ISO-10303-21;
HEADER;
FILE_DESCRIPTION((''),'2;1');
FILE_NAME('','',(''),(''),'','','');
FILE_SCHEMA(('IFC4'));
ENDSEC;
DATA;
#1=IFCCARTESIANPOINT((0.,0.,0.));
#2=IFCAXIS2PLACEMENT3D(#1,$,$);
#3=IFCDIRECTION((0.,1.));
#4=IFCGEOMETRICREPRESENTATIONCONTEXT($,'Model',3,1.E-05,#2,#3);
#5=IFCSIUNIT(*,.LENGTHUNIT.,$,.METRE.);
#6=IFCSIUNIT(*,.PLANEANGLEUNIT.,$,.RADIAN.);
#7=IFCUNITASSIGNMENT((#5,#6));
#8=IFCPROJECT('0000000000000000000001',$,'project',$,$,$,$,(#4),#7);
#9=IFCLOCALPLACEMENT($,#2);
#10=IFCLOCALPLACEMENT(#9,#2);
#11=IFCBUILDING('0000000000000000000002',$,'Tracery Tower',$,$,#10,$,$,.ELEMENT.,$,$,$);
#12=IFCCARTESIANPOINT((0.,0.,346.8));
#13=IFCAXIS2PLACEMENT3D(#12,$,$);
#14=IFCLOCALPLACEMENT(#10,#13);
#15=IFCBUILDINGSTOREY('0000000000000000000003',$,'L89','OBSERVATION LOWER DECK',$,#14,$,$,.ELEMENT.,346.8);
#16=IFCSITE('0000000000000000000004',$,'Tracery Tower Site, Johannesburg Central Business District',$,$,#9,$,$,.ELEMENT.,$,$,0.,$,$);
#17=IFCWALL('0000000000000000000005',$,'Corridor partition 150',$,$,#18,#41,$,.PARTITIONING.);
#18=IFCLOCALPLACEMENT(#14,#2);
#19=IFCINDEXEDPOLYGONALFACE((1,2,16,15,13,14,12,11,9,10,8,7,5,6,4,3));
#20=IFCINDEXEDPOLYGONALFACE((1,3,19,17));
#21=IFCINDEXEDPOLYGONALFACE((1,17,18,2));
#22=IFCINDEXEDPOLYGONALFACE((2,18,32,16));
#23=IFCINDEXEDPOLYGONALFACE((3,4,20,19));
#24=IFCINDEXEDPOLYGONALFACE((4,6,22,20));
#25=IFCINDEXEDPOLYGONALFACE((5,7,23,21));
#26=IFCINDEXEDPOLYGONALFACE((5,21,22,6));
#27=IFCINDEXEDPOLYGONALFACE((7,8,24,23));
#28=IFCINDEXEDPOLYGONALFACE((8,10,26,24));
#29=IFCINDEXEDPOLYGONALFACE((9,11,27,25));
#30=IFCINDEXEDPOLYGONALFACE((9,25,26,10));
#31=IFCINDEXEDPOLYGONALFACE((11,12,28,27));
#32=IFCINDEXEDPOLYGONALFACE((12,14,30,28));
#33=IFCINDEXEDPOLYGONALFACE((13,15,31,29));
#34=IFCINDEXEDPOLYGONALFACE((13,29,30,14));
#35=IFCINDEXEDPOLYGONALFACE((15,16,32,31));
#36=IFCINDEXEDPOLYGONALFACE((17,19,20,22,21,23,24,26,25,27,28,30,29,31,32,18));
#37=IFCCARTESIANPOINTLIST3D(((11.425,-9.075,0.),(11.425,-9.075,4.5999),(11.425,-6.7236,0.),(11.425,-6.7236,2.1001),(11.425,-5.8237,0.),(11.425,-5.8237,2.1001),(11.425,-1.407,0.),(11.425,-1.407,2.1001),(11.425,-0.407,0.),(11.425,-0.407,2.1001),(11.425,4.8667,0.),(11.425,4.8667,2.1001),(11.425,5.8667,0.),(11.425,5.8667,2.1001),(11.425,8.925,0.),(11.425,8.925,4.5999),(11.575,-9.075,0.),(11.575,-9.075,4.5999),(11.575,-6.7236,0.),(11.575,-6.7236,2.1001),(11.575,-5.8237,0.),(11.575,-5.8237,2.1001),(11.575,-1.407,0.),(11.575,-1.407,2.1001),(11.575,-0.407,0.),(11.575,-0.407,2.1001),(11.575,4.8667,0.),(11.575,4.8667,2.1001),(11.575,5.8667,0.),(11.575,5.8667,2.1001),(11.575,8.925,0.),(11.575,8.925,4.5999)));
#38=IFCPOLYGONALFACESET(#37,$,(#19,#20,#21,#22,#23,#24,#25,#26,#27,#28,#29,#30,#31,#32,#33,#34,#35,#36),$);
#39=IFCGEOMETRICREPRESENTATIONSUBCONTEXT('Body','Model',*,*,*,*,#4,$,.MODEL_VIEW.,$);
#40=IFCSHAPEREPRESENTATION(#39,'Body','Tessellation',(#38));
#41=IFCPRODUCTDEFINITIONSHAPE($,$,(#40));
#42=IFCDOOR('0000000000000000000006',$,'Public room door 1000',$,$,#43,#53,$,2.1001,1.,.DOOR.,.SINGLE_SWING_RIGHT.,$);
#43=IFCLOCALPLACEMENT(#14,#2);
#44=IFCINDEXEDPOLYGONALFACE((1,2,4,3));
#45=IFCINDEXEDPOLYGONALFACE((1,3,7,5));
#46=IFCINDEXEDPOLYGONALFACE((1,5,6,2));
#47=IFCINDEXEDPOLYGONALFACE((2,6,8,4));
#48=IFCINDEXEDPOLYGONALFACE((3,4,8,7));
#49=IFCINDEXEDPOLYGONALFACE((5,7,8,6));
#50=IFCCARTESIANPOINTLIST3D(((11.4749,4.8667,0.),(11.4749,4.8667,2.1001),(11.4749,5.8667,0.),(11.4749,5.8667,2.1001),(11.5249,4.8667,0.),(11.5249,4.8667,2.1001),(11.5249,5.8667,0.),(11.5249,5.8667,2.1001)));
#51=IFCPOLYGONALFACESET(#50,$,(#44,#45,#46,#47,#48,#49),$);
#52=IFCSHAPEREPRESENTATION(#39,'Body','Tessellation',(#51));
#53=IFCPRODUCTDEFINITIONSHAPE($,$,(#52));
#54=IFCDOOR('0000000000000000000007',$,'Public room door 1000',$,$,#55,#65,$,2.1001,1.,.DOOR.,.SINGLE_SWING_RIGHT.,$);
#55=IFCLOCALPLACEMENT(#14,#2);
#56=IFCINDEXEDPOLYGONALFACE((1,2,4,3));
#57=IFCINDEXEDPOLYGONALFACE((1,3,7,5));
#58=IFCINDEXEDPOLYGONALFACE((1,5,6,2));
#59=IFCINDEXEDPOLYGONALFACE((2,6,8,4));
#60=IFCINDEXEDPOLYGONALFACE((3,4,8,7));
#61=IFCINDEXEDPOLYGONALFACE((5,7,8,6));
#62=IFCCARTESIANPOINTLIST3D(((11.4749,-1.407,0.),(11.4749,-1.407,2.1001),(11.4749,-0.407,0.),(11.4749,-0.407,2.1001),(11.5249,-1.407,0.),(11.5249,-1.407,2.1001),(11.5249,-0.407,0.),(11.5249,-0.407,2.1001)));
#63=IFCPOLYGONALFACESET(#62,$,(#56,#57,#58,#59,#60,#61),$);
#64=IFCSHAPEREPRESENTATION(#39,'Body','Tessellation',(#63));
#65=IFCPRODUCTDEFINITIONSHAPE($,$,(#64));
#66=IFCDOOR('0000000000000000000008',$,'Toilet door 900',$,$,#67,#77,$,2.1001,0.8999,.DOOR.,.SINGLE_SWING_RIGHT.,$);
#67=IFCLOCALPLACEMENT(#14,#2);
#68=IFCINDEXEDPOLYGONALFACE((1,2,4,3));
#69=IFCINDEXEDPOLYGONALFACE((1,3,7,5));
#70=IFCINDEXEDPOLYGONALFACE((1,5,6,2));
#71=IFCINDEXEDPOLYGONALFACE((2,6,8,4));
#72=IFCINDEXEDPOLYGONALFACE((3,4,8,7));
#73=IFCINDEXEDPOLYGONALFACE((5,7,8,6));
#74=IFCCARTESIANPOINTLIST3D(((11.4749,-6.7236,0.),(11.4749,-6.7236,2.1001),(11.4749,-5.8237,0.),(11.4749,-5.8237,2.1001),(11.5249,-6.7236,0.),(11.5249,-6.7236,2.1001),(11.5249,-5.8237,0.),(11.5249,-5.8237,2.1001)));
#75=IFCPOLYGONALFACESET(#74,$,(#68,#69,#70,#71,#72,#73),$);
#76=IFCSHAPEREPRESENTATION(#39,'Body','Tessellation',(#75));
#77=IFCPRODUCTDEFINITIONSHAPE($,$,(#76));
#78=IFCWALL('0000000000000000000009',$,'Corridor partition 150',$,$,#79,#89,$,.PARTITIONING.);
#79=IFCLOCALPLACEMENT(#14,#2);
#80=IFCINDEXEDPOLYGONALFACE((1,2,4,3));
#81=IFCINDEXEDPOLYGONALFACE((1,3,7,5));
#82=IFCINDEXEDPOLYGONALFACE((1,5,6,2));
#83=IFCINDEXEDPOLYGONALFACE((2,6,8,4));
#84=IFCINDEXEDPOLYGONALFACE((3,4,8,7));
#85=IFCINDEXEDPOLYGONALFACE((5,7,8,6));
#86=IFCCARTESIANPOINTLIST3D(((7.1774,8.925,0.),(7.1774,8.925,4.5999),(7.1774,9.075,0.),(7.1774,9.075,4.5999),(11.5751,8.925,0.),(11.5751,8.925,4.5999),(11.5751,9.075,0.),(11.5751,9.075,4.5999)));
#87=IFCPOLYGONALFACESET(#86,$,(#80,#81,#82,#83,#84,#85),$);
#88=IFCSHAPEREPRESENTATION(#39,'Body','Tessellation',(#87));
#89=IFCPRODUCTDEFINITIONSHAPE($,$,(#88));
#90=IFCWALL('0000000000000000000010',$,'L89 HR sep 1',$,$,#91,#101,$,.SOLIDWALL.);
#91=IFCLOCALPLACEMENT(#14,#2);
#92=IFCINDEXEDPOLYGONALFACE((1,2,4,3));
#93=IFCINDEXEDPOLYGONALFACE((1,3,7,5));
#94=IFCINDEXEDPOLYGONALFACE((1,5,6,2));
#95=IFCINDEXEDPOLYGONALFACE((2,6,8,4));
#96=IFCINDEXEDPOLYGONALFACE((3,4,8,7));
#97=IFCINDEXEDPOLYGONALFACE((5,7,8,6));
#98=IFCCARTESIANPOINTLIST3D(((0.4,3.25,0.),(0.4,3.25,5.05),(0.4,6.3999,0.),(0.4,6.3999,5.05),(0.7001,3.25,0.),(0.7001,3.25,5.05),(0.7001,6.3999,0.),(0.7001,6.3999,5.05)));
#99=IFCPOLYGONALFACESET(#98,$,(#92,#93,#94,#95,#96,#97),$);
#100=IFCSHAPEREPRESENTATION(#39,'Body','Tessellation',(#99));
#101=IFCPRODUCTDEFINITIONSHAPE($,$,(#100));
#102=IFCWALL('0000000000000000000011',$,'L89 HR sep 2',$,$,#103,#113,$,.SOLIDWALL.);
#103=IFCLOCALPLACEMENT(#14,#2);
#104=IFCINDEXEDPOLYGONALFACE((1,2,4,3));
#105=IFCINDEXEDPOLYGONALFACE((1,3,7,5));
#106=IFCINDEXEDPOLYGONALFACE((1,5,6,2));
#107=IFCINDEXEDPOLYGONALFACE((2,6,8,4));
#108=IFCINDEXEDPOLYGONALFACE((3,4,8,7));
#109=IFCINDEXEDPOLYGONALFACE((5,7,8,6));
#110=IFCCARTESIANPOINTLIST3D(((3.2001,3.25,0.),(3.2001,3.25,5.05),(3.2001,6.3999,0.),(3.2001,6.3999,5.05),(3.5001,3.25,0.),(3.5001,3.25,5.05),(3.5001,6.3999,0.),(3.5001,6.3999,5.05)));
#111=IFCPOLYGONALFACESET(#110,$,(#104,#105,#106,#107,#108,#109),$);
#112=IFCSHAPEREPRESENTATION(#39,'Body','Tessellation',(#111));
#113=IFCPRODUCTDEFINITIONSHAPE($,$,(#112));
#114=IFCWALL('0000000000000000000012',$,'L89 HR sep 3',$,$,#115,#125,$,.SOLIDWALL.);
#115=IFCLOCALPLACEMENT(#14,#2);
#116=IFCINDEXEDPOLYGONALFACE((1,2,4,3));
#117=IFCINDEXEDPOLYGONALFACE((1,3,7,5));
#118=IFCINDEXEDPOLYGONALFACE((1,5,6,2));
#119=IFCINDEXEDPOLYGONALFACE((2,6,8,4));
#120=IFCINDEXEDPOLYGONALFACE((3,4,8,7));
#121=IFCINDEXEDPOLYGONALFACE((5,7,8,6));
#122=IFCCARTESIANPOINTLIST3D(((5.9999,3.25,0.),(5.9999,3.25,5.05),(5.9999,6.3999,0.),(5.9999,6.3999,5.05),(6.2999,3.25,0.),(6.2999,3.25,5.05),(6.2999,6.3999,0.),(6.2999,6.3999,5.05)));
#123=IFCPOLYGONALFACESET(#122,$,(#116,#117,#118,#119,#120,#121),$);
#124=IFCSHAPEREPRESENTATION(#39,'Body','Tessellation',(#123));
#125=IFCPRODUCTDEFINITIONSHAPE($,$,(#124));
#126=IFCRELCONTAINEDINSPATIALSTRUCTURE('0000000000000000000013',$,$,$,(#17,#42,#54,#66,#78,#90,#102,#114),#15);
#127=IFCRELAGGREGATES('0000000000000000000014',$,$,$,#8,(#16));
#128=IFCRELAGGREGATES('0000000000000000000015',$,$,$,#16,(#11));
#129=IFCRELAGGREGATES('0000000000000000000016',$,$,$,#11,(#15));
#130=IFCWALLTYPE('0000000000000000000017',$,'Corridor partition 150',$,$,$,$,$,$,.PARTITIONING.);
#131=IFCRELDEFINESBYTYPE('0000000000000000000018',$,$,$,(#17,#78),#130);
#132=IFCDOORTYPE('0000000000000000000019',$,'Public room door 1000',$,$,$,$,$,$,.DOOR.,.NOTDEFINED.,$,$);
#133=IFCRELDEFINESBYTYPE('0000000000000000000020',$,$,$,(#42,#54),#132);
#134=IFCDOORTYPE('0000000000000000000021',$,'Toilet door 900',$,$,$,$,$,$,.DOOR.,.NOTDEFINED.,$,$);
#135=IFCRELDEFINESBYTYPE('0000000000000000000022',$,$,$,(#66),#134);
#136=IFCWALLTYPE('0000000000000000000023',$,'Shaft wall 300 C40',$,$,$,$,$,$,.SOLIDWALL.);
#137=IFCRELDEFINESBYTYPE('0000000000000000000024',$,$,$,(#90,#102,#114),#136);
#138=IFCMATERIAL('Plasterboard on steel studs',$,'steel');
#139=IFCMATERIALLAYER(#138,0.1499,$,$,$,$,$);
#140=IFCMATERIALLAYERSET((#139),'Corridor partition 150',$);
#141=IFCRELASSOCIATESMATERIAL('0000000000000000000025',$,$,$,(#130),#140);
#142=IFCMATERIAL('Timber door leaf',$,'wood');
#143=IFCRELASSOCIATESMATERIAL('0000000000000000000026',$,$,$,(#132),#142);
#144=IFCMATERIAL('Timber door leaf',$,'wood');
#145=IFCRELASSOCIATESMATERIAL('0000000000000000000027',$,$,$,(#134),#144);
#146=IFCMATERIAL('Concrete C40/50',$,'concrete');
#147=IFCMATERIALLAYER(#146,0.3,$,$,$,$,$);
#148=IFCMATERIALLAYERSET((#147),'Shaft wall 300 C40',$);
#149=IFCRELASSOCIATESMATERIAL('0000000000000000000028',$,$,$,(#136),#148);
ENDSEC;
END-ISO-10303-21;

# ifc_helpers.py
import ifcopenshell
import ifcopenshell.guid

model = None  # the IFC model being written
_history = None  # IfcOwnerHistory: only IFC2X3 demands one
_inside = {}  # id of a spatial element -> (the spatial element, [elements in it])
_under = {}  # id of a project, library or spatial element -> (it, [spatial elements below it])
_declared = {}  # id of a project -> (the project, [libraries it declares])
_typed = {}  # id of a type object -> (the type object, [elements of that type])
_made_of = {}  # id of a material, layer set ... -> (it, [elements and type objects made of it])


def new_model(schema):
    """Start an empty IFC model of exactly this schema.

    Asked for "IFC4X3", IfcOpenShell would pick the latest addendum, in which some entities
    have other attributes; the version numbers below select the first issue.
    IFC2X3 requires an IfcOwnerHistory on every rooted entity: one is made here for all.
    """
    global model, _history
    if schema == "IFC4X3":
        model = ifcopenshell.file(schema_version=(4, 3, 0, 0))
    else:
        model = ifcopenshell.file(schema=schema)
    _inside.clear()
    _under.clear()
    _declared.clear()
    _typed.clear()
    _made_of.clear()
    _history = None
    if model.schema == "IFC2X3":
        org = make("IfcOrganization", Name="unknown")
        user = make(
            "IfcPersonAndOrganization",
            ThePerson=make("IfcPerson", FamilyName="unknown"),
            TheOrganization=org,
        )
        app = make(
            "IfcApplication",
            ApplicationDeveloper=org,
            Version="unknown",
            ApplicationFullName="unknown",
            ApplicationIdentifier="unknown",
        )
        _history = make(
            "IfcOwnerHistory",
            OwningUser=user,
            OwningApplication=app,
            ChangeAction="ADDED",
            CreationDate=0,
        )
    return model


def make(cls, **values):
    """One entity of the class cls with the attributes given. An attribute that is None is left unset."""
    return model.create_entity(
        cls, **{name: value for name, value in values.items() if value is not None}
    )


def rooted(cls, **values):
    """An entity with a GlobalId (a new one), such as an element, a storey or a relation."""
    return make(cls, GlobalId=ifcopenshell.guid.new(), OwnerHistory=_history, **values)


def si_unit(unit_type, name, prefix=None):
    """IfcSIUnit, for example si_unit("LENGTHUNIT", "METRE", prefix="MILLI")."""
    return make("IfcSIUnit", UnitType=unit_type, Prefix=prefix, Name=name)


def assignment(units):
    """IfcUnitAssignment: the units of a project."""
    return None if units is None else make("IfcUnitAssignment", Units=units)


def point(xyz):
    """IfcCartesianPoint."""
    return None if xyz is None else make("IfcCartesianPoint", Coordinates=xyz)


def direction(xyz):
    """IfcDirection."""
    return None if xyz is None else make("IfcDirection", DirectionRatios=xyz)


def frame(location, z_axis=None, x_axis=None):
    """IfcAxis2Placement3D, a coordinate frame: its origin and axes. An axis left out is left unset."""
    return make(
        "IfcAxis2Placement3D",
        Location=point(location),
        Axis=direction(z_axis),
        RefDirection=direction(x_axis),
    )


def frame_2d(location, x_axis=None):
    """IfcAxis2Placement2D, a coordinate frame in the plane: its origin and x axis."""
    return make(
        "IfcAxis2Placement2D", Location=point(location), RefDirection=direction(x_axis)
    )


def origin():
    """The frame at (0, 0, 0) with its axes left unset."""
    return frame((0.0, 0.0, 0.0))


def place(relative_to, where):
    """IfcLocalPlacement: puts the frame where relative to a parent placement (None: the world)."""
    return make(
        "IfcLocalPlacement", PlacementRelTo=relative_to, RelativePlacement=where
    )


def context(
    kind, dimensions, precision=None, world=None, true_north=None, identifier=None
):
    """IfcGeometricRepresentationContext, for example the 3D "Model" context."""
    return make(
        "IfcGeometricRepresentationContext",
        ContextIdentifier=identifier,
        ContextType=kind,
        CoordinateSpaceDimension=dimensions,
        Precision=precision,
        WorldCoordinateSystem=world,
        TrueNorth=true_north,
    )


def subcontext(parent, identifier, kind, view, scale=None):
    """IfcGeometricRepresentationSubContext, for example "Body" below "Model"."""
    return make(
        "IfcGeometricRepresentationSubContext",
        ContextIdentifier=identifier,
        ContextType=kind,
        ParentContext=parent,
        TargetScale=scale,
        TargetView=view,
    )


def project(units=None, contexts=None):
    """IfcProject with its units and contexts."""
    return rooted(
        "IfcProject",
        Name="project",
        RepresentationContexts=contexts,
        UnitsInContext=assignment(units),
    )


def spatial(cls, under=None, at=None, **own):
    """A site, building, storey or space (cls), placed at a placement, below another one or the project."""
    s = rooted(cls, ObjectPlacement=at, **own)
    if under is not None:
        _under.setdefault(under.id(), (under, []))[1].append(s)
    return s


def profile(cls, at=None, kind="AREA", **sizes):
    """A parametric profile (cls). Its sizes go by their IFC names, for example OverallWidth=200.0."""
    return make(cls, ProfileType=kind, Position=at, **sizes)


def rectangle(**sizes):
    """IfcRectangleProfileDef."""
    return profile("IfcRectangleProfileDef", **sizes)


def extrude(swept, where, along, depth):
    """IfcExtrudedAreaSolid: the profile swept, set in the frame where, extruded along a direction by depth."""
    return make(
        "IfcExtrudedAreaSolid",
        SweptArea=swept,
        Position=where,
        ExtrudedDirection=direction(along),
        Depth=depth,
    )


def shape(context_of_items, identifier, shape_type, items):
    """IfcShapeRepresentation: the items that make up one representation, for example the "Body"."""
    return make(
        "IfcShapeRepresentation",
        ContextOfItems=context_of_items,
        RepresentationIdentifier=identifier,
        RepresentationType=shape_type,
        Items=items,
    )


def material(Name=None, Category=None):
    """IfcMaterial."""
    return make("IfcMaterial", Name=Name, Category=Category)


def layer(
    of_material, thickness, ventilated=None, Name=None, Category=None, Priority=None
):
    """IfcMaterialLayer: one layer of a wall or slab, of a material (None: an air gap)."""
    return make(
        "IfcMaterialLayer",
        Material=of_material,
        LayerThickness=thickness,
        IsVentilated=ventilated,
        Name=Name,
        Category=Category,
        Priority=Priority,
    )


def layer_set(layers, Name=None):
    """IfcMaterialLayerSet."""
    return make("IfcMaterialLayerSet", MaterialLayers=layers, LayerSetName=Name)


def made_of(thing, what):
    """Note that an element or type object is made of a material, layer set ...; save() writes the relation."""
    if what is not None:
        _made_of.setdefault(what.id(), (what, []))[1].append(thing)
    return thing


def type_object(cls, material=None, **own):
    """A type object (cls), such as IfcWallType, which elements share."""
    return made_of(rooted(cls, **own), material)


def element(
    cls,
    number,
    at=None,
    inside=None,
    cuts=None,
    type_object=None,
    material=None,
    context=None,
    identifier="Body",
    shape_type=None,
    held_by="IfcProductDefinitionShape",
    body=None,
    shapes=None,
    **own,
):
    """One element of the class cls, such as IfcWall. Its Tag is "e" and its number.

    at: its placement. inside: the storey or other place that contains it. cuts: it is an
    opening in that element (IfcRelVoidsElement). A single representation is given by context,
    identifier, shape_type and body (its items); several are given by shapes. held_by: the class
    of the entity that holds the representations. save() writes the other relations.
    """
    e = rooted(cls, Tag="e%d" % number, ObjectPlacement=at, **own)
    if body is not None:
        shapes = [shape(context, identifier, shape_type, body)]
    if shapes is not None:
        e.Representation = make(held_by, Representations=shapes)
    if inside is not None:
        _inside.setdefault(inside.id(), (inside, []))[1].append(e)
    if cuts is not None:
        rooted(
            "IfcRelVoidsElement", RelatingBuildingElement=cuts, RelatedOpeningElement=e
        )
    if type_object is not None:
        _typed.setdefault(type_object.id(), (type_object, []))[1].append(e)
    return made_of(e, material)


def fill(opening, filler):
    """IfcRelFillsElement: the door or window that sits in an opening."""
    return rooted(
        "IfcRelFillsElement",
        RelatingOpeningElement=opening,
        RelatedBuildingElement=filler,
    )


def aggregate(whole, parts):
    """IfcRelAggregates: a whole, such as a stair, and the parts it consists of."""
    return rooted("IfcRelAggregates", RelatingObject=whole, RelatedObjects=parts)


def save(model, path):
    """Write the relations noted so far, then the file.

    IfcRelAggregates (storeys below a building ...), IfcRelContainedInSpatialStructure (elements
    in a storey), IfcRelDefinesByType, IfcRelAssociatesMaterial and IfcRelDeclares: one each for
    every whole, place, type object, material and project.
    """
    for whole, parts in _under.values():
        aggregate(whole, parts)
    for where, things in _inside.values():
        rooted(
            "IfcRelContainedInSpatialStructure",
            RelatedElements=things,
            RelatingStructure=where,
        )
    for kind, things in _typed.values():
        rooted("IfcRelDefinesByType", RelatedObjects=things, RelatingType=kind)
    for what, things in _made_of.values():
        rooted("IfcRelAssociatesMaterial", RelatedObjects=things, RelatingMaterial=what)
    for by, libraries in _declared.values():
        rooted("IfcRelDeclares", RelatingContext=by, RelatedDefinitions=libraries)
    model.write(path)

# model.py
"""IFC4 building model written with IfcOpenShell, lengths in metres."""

from ifc_helpers import new_model, si_unit, direction, frame, frame_2d, origin, place, context, subcontext, project, spatial, rectangle, extrude, material, layer, layer_set, type_object, element, fill, save


model = new_model("IFC4")

# Units and contexts
model_context = context("Model", 3, precision=1e-05, world=origin(), true_north=direction((0.0, 1.0)))
body_context = subcontext(model_context, "Body", "Model", "MODEL_VIEW")
ifc_project = project(units=[si_unit("LENGTHUNIT", "METRE"), si_unit("PLANEANGLEUNIT", "RADIAN")], contexts=[model_context])

# Site, building, storey
site_placement = place(None, origin())
site = spatial("IfcSite", under=ifc_project, at=site_placement, Name="Tracery Tower Site, Johannesburg Central Business District", CompositionType="ELEMENT", RefElevation=0.0)
building_placement = place(site_placement, origin())
building = spatial("IfcBuilding", under=site, at=building_placement, Name="Tracery Tower", CompositionType="ELEMENT")
storey_placement = place(building_placement, frame((0.0, 0.0, 346.8)))
storey = spatial("IfcBuildingStorey", under=building, at=storey_placement, Name="L89", Description="OBSERVATION LOWER DECK", CompositionType="ELEMENT", Elevation=346.8)

# Wall, openings, doors
ifc_material_1 = material(Name="Plasterboard on steel studs", Category="steel")
ifc_layer_1 = layer(ifc_material_1, 0.1499)
ifc_layer_set_1 = layer_set([ifc_layer_1], Name="Corridor partition 150")
wall_type_1 = type_object("IfcWallType", Name="Corridor partition 150", PredefinedType="PARTITIONING", material=ifc_layer_set_1)
wall_1_placement = place(storey_placement, frame((11.5, 8.925, 0.0), z_axis=(0.0, 0.0, 1.0), x_axis=(0.0, -1.0, 0.0)))
wall_1 = element("IfcWall", 1, at=wall_1_placement, inside=storey, type_object=wall_type_1, Name="Corridor partition 150", PredefinedType="PARTITIONING", context=body_context, shape_type="SweptSolid", body=[
    extrude(rectangle(XDim=18.0, YDim=0.1499, at=frame_2d((9.0, 0.0))), origin(), (0.0, 0.0, 1.0), 4.5999),
])
opening_1_placement = place(wall_1_placement, frame((3.0583, 0.0, 0.0)))
opening_1 = element("IfcOpeningElement", 2, at=opening_1_placement, cuts=wall_1, PredefinedType="OPENING", context=body_context, shape_type="SweptSolid", body=[
    extrude(rectangle(XDim=1.0, YDim=2.1001, at=frame_2d((0.5, 1.05))), frame((0.0, 0.075, 0.0), z_axis=(0.0, -1.0, 0.0), x_axis=(1.0, 0.0, 0.0)), (0.0, 0.0, 1.0), 0.1499),
])
opening_2_placement = place(wall_1_placement, frame((14.7488, 0.0, 0.0)))
opening_2 = element("IfcOpeningElement", 3, at=opening_2_placement, cuts=wall_1, PredefinedType="OPENING", context=body_context, shape_type="SweptSolid", body=[
    extrude(rectangle(XDim=0.8999, YDim=2.1001, at=frame_2d((0.45, 1.05))), frame((0.0, 0.075, 0.0), z_axis=(0.0, -1.0, 0.0), x_axis=(1.0, 0.0, 0.0)), (0.0, 0.0, 1.0), 0.1499),
])
opening_3_placement = place(wall_1_placement, frame((9.332, 0.0, 0.0)))
opening_3 = element("IfcOpeningElement", 4, at=opening_3_placement, cuts=wall_1, PredefinedType="OPENING", context=body_context, shape_type="SweptSolid", body=[
    extrude(rectangle(XDim=1.0, YDim=2.1001, at=frame_2d((0.5, 1.05))), frame((0.0, 0.075, 0.0), z_axis=(0.0, -1.0, 0.0), x_axis=(1.0, 0.0, 0.0)), (0.0, 0.0, 1.0), 0.1499),
])
ifc_material_2 = material(Name="Timber door leaf", Category="wood")
door_type_1 = type_object("IfcDoorType", Name="Public room door 1000", OperationType="NOTDEFINED", PredefinedType="DOOR", material=ifc_material_2)
door_1_placement = place(opening_1_placement, origin())
door_1 = element("IfcDoor", 5, at=door_1_placement, inside=storey, type_object=door_type_1, Name="Public room door 1000", OperationType="SINGLE_SWING_RIGHT", OverallHeight=2.1001, OverallWidth=1.0, PredefinedType="DOOR", context=body_context, shape_type="SweptSolid", body=[
    extrude(rectangle(XDim=1.0, YDim=2.1001, at=frame_2d((0.5, 1.05))), frame((0.0, 0.0249, 0.0), z_axis=(0.0, -1.0, 0.0), x_axis=(1.0, 0.0, 0.0)), (0.0, 0.0, 1.0), 0.05),
])
fill(opening_1, door_1)
door_2_placement = place(opening_3_placement, origin())
door_2 = element("IfcDoor", 6, at=door_2_placement, inside=storey, type_object=door_type_1, Name="Public room door 1000", OperationType="SINGLE_SWING_RIGHT", OverallHeight=2.1001, OverallWidth=1.0, PredefinedType="DOOR", context=body_context, shape_type="SweptSolid", body=[
    extrude(rectangle(XDim=1.0, YDim=2.1001, at=frame_2d((0.5, 1.05))), frame((0.0, 0.0249, 0.0), z_axis=(0.0, -1.0, 0.0), x_axis=(1.0, 0.0, 0.0)), (0.0, 0.0, 1.0), 0.05),
])
fill(opening_3, door_2)
ifc_material_3 = material(Name="Timber door leaf", Category="wood")
door_type_2 = type_object("IfcDoorType", Name="Toilet door 900", OperationType="NOTDEFINED", PredefinedType="DOOR", material=ifc_material_3)
door_3_placement = place(opening_2_placement, origin())
door_3 = element("IfcDoor", 7, at=door_3_placement, inside=storey, type_object=door_type_2, Name="Toilet door 900", OperationType="SINGLE_SWING_RIGHT", OverallHeight=2.1001, OverallWidth=0.8999, PredefinedType="DOOR", context=body_context, shape_type="SweptSolid", body=[
    extrude(rectangle(XDim=0.8999, YDim=2.1001, at=frame_2d((0.45, 1.05))), frame((0.0, 0.0249, 0.0), z_axis=(0.0, -1.0, 0.0), x_axis=(1.0, 0.0, 0.0)), (0.0, 0.0, 1.0), 0.05),
])
fill(opening_2, door_3)

# Walls
wall_2_placement = place(storey_placement, frame((11.575, 9.0, 0.0), z_axis=(0.0, 0.0, 1.0), x_axis=(-1.0, 0.0, 0.0)))
element("IfcWall", 8, at=wall_2_placement, inside=storey, type_object=wall_type_1, Name="Corridor partition 150", PredefinedType="PARTITIONING", context=body_context, shape_type="SweptSolid", body=[
    extrude(rectangle(XDim=4.3977, YDim=0.1499, at=frame_2d((2.1987, 0.0))), origin(), (0.0, 0.0, 1.0), 4.5999),
])
ifc_material_4 = material(Name="Concrete C40/50", Category="concrete")
ifc_layer_2 = layer(ifc_material_4, 0.3)
ifc_layer_set_2 = layer_set([ifc_layer_2], Name="Shaft wall 300 C40")
wall_type_2 = type_object("IfcWallType", Name="Shaft wall 300 C40", PredefinedType="SOLIDWALL", material=ifc_layer_set_2)
for number, where, z_axis, x_axis, name in (
    (9, (0.55, 3.25, 0.0), (0.0, 0.0, 1.0), (0.0, 1.0, 0.0), "L89 HR sep 1"),
    (10, (3.3501, 3.25, 0.0), (0.0, 0.0, 1.0), (0.0, 1.0, 0.0), "L89 HR sep 2"),
    (11, (6.1499, 3.25, 0.0), (0.0, 0.0, 1.0), (0.0, 1.0, 0.0), "L89 HR sep 3"),
):
    element("IfcWall", number, at=place(storey_placement, frame(where, z_axis=z_axis, x_axis=x_axis)), inside=storey, type_object=wall_type_2, Name=name, PredefinedType="SOLIDWALL", context=body_context, shape_type="SweptSolid", body=[
        extrude(rectangle(XDim=3.1499, YDim=0.3, at=frame_2d((1.575, 0.0))), origin(), (0.0, 0.0, 1.0), 5.05),
    ])

save(model, "model.ifc")
